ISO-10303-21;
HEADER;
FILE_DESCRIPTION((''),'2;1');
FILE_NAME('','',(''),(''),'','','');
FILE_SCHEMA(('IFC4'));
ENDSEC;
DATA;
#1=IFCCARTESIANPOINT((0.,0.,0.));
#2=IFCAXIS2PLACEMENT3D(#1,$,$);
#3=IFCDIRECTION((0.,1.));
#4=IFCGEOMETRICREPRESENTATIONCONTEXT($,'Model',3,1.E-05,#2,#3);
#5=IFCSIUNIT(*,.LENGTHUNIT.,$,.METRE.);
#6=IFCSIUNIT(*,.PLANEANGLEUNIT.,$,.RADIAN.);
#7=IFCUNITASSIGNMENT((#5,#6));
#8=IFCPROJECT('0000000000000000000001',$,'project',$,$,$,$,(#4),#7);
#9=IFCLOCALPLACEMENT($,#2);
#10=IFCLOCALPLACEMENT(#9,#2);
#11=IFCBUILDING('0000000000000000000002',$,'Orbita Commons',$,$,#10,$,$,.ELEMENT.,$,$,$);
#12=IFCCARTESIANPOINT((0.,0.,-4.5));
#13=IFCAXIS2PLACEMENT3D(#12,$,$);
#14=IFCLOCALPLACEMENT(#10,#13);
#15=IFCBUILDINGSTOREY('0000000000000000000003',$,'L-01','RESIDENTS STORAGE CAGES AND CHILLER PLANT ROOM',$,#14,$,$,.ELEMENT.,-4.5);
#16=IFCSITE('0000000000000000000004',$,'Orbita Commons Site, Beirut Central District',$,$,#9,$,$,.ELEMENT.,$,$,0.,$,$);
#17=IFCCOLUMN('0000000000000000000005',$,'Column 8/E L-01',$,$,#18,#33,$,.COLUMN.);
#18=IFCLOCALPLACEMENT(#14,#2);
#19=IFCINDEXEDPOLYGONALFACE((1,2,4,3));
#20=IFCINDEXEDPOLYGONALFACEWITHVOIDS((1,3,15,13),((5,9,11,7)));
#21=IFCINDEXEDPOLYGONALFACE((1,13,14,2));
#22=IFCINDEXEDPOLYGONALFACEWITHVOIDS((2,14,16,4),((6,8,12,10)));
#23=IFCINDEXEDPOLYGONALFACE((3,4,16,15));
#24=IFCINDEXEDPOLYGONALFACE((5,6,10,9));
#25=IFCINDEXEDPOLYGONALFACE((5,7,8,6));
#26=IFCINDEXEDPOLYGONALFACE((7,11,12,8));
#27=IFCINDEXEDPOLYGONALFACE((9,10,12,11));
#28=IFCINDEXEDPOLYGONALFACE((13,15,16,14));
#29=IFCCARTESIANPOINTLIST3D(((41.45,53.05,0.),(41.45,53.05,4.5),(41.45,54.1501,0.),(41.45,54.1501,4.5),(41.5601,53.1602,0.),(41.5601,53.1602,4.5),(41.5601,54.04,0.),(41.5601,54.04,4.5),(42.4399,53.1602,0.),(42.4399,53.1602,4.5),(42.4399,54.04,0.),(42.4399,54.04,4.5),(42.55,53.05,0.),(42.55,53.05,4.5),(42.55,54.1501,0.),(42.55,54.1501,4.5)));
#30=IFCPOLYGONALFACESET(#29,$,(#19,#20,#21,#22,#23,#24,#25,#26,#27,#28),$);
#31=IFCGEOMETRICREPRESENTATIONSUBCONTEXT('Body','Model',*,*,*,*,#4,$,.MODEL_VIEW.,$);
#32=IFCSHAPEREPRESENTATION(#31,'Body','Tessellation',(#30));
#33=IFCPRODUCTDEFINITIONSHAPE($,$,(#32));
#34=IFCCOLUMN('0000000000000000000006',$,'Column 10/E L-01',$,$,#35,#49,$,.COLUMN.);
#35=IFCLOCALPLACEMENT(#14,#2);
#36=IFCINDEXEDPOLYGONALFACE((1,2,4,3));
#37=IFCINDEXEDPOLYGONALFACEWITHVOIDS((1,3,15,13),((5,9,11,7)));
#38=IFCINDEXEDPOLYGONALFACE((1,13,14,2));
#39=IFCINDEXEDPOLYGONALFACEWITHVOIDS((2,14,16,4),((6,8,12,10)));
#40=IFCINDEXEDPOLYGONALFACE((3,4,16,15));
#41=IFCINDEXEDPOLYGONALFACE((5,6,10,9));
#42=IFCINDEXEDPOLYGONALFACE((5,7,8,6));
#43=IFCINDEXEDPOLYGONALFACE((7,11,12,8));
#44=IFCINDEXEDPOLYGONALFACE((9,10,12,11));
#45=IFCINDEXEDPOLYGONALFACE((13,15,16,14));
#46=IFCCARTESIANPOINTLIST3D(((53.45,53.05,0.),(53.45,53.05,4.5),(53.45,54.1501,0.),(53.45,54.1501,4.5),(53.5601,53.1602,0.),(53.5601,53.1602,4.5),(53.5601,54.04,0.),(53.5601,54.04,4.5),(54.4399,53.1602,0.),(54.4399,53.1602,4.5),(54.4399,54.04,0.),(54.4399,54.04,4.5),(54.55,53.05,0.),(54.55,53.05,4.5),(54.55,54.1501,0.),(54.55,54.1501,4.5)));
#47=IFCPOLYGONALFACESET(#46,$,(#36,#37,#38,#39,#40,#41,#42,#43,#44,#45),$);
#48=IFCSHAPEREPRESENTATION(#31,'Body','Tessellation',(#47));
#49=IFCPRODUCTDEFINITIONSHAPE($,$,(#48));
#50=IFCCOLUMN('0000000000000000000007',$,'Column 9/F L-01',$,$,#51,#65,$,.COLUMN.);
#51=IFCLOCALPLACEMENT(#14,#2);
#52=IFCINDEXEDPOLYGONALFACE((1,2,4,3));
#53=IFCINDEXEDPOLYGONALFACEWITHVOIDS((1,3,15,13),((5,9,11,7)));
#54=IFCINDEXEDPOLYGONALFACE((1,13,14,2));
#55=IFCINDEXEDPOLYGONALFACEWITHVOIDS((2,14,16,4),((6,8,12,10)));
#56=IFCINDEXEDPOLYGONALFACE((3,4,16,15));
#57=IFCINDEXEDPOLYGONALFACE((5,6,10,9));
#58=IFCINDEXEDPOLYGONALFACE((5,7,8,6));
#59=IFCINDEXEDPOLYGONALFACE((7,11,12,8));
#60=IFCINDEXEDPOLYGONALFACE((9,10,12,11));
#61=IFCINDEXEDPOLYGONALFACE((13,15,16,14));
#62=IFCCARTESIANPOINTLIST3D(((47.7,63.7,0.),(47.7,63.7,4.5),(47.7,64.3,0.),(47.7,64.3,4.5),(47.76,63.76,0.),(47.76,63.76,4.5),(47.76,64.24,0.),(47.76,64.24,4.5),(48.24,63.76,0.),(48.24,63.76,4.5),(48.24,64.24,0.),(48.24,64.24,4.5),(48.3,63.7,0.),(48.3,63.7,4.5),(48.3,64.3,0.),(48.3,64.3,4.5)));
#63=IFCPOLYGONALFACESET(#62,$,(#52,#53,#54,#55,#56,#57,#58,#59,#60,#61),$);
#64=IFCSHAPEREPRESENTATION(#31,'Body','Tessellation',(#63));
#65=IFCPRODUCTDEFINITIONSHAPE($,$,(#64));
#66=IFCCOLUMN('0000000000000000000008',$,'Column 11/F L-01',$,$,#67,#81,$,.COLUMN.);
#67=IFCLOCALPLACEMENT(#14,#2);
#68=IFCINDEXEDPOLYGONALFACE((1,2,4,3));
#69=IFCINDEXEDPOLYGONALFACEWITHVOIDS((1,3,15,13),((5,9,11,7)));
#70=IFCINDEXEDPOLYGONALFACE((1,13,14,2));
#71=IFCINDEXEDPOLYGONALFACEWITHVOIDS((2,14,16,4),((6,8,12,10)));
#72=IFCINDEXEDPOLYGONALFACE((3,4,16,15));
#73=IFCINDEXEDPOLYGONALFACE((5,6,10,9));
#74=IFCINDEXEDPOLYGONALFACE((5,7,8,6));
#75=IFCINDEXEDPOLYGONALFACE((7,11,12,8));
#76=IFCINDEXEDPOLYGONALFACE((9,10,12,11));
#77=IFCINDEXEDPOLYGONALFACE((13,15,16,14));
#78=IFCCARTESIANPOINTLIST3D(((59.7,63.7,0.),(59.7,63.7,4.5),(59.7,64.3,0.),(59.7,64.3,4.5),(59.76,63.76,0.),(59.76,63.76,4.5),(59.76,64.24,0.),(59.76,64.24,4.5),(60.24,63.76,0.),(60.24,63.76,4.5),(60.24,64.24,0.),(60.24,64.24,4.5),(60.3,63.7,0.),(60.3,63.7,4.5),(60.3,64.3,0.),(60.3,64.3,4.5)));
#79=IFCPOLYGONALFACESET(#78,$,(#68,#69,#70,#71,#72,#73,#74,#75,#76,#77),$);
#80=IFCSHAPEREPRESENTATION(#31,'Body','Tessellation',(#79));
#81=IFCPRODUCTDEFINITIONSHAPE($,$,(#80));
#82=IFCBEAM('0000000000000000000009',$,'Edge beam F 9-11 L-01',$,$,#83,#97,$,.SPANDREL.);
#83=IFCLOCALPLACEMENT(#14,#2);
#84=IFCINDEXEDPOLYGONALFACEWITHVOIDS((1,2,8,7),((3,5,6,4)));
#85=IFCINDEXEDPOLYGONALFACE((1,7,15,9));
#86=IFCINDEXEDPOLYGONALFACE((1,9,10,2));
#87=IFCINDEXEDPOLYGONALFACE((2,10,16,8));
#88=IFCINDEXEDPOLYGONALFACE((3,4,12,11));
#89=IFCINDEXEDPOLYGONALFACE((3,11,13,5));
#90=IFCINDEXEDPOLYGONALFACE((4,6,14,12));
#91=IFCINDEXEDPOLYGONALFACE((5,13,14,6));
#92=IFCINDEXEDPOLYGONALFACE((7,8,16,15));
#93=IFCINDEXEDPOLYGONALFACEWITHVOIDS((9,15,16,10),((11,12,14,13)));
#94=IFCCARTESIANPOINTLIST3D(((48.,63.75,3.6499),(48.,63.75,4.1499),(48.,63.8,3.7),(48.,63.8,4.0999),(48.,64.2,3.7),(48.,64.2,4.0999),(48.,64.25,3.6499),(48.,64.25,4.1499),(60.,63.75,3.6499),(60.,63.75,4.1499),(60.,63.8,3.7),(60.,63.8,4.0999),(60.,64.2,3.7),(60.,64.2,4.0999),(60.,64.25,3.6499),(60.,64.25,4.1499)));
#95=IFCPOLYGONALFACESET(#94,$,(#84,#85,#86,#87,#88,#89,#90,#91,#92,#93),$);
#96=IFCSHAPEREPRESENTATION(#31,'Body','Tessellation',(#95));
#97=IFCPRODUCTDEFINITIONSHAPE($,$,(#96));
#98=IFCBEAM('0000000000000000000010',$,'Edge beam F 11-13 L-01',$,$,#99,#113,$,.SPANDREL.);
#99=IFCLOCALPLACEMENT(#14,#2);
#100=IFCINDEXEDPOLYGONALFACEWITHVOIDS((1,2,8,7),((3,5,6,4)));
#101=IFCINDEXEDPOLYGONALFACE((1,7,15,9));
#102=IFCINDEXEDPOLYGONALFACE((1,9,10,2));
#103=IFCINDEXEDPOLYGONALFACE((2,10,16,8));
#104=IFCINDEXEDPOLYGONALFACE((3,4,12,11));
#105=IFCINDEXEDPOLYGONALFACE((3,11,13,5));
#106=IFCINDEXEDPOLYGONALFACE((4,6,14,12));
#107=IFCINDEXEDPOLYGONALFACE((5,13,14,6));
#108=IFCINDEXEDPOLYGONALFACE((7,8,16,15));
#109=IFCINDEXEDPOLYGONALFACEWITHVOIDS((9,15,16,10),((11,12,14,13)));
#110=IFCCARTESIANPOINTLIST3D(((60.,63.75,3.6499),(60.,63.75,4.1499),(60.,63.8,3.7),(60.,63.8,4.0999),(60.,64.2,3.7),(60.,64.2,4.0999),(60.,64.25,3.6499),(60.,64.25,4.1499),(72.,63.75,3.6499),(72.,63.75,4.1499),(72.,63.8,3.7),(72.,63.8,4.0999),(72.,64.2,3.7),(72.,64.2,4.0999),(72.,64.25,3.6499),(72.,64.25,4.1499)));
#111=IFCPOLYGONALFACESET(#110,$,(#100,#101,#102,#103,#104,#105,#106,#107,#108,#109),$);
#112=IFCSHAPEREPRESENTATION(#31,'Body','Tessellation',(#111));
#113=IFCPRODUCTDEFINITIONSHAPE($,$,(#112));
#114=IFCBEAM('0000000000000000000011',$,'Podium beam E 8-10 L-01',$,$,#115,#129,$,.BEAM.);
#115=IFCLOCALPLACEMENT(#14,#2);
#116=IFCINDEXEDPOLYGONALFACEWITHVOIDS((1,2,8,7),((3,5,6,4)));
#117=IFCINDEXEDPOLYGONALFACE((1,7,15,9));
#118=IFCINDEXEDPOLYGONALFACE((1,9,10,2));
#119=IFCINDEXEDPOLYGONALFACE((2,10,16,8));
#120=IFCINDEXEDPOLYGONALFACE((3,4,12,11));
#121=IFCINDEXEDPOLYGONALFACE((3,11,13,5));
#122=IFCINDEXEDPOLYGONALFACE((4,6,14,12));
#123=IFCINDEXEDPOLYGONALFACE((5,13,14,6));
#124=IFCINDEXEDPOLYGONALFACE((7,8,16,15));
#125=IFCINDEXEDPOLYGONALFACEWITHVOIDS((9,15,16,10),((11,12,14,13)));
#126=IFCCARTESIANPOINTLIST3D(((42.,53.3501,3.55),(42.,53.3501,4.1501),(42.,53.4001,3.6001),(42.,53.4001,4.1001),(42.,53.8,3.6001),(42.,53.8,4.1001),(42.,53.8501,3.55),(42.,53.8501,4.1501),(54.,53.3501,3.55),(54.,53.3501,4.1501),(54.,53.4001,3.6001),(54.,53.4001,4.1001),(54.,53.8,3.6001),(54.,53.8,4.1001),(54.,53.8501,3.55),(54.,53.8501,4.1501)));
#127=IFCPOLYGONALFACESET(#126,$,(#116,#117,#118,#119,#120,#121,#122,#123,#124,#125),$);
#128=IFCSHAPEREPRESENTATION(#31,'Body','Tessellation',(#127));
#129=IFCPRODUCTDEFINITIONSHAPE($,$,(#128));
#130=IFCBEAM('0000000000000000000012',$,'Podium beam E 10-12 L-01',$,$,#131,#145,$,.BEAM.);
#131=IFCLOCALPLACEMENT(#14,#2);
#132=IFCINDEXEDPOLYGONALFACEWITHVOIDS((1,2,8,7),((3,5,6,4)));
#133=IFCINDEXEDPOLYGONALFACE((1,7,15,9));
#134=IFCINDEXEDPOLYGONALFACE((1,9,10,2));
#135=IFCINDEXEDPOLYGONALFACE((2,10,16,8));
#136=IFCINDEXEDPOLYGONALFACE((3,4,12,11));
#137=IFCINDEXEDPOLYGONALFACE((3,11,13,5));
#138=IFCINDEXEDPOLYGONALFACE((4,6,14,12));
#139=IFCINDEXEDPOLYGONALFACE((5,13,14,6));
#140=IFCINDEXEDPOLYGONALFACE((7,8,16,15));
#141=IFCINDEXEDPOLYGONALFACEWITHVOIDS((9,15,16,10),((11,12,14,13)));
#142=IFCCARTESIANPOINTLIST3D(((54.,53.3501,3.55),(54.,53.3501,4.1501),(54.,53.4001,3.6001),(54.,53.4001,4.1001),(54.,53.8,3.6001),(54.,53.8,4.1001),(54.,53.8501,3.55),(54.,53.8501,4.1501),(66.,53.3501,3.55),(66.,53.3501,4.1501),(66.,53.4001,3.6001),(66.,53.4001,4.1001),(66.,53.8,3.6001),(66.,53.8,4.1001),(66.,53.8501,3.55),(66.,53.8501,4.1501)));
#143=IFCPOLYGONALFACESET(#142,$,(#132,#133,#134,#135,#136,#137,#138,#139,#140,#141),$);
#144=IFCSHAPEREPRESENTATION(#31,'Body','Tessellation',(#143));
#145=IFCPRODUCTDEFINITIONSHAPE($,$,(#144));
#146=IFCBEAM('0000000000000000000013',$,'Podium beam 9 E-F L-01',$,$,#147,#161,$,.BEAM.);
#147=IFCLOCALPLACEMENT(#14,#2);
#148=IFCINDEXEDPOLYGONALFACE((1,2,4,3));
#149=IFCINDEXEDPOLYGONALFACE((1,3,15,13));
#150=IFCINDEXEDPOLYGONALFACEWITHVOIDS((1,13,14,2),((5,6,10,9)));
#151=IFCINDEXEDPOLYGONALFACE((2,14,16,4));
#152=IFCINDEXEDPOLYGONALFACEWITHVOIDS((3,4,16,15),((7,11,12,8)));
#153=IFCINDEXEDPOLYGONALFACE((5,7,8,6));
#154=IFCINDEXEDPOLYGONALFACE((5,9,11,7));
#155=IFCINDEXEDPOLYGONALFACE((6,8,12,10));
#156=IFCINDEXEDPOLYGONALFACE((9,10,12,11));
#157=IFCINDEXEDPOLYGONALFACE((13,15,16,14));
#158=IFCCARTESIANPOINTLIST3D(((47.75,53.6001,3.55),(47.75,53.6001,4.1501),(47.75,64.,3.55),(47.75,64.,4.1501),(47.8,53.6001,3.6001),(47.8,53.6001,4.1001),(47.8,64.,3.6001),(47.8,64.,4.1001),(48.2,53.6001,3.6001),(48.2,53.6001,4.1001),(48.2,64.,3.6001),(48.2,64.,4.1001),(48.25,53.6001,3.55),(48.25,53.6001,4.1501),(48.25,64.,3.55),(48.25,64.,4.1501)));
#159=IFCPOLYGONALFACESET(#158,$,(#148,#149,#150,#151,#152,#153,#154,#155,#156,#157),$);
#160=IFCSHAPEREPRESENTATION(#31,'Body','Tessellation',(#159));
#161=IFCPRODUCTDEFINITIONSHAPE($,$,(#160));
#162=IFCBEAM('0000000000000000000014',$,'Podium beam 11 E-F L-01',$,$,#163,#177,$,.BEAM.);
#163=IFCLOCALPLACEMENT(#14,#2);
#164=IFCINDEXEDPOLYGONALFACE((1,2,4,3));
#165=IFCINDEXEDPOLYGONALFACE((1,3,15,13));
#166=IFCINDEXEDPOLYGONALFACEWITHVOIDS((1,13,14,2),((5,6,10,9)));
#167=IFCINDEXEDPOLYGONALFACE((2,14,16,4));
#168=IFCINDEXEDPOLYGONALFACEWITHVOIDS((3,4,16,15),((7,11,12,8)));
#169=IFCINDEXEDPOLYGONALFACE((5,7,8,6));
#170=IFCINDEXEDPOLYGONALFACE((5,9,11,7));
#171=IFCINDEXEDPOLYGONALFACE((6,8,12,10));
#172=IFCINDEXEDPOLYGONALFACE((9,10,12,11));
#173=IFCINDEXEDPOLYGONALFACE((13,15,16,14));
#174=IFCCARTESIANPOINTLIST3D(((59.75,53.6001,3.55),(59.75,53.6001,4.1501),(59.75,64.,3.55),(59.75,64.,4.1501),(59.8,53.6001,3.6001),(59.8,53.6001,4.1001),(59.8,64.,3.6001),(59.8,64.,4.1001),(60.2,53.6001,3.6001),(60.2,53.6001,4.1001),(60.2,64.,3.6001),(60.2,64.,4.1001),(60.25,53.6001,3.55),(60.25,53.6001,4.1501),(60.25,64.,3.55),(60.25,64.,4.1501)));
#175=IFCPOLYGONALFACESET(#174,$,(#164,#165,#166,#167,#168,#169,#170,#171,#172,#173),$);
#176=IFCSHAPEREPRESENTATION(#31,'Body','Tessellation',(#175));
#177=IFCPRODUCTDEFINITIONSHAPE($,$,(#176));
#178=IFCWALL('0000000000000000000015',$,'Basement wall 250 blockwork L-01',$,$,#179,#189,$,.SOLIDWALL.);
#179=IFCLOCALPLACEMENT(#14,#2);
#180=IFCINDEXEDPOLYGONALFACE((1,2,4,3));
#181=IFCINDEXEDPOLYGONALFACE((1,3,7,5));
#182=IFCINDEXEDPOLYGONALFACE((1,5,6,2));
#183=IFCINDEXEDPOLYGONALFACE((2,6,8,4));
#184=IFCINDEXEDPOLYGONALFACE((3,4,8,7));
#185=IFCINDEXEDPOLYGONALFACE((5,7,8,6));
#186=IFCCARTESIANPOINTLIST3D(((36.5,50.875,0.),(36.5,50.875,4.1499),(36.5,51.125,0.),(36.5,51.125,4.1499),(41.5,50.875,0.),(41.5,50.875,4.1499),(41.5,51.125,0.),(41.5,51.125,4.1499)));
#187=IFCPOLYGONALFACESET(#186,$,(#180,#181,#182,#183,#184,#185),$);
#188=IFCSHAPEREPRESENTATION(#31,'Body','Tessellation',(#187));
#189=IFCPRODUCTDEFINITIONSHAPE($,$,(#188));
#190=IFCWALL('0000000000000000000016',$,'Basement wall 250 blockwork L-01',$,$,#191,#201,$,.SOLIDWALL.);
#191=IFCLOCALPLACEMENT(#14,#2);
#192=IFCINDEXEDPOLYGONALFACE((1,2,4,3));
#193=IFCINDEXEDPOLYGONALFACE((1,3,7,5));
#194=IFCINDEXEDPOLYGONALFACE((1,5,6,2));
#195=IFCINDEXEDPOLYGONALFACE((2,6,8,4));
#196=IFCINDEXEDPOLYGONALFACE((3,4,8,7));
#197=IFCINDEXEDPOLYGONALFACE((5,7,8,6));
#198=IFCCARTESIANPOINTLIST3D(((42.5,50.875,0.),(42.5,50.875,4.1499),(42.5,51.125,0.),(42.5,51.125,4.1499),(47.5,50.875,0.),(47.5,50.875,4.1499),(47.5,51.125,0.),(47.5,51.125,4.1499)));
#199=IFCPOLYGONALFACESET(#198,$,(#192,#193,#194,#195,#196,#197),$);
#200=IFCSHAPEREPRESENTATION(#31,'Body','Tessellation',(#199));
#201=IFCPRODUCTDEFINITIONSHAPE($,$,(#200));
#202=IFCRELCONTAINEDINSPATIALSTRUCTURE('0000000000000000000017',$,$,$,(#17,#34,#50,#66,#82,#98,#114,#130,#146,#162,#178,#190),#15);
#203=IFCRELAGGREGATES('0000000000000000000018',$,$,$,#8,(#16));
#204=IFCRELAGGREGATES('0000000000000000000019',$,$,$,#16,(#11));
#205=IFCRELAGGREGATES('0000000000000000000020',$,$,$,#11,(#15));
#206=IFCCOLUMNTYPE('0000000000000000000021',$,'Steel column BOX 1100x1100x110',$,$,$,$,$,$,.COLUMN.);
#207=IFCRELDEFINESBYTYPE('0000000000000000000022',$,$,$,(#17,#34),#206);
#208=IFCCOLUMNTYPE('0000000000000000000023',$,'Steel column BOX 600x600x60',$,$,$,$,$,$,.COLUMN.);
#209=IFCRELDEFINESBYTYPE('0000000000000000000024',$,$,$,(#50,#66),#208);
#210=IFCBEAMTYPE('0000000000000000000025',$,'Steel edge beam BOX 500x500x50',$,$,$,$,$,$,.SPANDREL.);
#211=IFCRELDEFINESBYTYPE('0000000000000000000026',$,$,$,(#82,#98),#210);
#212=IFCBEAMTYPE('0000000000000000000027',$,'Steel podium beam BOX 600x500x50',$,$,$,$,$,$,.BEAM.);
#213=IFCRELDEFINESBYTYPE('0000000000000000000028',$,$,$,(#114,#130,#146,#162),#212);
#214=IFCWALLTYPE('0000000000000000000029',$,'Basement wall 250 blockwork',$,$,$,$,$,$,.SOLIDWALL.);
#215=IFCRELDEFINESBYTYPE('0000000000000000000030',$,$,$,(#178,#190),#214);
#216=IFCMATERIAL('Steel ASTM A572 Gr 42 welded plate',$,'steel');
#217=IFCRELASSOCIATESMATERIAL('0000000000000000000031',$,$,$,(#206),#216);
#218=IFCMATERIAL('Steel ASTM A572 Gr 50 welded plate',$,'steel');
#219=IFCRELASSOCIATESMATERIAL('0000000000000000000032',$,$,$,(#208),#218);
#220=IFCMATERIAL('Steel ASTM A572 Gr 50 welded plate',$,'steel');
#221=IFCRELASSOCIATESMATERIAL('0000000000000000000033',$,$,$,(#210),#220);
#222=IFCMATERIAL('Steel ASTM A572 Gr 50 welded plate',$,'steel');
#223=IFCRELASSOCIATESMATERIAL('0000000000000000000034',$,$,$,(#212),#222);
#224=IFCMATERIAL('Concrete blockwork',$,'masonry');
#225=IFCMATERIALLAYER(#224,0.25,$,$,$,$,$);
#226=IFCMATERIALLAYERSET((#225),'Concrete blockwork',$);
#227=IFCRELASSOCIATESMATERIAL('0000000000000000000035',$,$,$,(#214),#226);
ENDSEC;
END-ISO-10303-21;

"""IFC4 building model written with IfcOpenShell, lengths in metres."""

from ifc_helpers import new_model, si_unit, direction, frame, frame_2d, origin, origin_2d, place, context, subcontext, project, spatial, rectangle, hollow_rectangle, extrude, material, layer, layer_set, material_profile, profile_set, type_object, element, save


model = new_model("IFC4")

# Units and contexts
model_context = context("Model", 3, precision=1e-05, world=origin(), true_north=direction((0.0, 1.0)))
body_context = subcontext(model_context, "Body", "Model", "MODEL_VIEW")
ifc_project = project(units=[si_unit("LENGTHUNIT", "METRE"), si_unit("PLANEANGLEUNIT", "RADIAN")], contexts=[model_context])

# Site, building, storey
site_placement = place(None, origin())
site = spatial("IfcSite", under=ifc_project, at=site_placement, Name="Orbita Commons Site, Beirut Central District", CompositionType="ELEMENT", RefElevation=0.0)
building_placement = place(site_placement, origin())
building = spatial("IfcBuilding", under=site, at=building_placement, Name="Orbita Commons", CompositionType="ELEMENT")
storey_placement = place(building_placement, frame((0.0, 0.0, -4.5)))
storey = spatial("IfcBuildingStorey", under=building, at=storey_placement, Name="L-01", Description="RESIDENTS STORAGE CAGES AND CHILLER PLANT ROOM", CompositionType="ELEMENT", Elevation=-4.5)

# Columns
ifc_material_1 = material(Name="Steel ASTM A572 Gr 42 welded plate", Category="steel")
ifc_material_profile_1 = material_profile(ifc_material_1, hollow_rectangle(XDim=1.1001, YDim=1.1001, WallThickness=0.1101, at=origin_2d()), Name="BOX 1100x1100x110")
ifc_profile_set_1 = profile_set([ifc_material_profile_1], Name="Steel ASTM A572 Gr 42 welded plate")
column_type_1 = type_object("IfcColumnType", Name="Steel column BOX 1100x1100x110", PredefinedType="COLUMN", material=ifc_profile_set_1)
for number, where, z_axis, x_axis, name in (
    (1, (42.0, 53.6001, 0.0), (0.0, 0.0, 1.0), (1.0, 0.0, 0.0), "Column 8/E L-01"),
    (2, (54.0, 53.6001, 0.0), (0.0, 0.0, 1.0), (1.0, 0.0, 0.0), "Column 10/E L-01"),
):
    element("IfcColumn", number, at=place(storey_placement, frame(where, z_axis=z_axis, x_axis=x_axis)), inside=storey, type_object=column_type_1, Name=name, PredefinedType="COLUMN", context=body_context, shape_type="SweptSolid", body=[
        extrude(hollow_rectangle(XDim=1.1001, YDim=1.1001, WallThickness=0.1101, at=origin_2d()), origin(), (0.0, 0.0, 1.0), 4.5),
    ])
ifc_material_2 = material(Name="Steel ASTM A572 Gr 50 welded plate", Category="steel")
ifc_material_profile_2 = material_profile(ifc_material_2, hollow_rectangle(XDim=0.6001, YDim=0.6001, WallThickness=0.0601, at=origin_2d()), Name="BOX 600x600x60")
ifc_profile_set_2 = profile_set([ifc_material_profile_2], Name="Steel ASTM A572 Gr 50 welded plate")
column_type_2 = type_object("IfcColumnType", Name="Steel column BOX 600x600x60", PredefinedType="COLUMN", material=ifc_profile_set_2)
for number, where, z_axis, x_axis, name in (
    (3, (48.0, 64.0, 0.0), (0.0, 0.0, 1.0), (1.0, 0.0, 0.0), "Column 9/F L-01"),
    (4, (60.0, 64.0, 0.0), (0.0, 0.0, 1.0), (1.0, 0.0, 0.0), "Column 11/F L-01"),
):
    element("IfcColumn", number, at=place(storey_placement, frame(where, z_axis=z_axis, x_axis=x_axis)), inside=storey, type_object=column_type_2, Name=name, PredefinedType="COLUMN", context=body_context, shape_type="SweptSolid", body=[
        extrude(hollow_rectangle(XDim=0.6001, YDim=0.6001, WallThickness=0.0601, at=origin_2d()), origin(), (0.0, 0.0, 1.0), 4.5),
    ])

# Beams
ifc_material_3 = material(Name="Steel ASTM A572 Gr 50 welded plate", Category="steel")
ifc_material_profile_3 = material_profile(ifc_material_3, hollow_rectangle(XDim=0.5, YDim=0.5, WallThickness=0.05, at=origin_2d()), Name="BOX 500x500x50")
ifc_profile_set_3 = profile_set([ifc_material_profile_3], Name="Steel ASTM A572 Gr 50 welded plate")
beam_type_1 = type_object("IfcBeamType", Name="Steel edge beam BOX 500x500x50", PredefinedType="SPANDREL", material=ifc_profile_set_3)
for number, where, z_axis, x_axis, name in (
    (5, (48.0, 64.0, 3.8999), (1.0, 0.0, 0.0), (0.0, 1.0, 0.0), "Edge beam F 9-11 L-01"),
    (6, (60.0, 64.0, 3.8999), (1.0, 0.0, 0.0), (0.0, 1.0, 0.0), "Edge beam F 11-13 L-01"),
):
    element("IfcBeam", number, at=place(storey_placement, frame(where, z_axis=z_axis, x_axis=x_axis)), inside=storey, type_object=beam_type_1, Name=name, PredefinedType="SPANDREL", context=body_context, shape_type="SweptSolid", body=[
        extrude(hollow_rectangle(XDim=0.5, YDim=0.5, WallThickness=0.05, at=origin_2d()), origin(), (0.0, 0.0, 1.0), 12.0),
    ])
ifc_material_4 = material(Name="Steel ASTM A572 Gr 50 welded plate", Category="steel")
ifc_material_profile_4 = material_profile(ifc_material_4, hollow_rectangle(XDim=0.5, YDim=0.6001, WallThickness=0.05, at=origin_2d()), Name="BOX 600x500x50")
ifc_profile_set_4 = profile_set([ifc_material_profile_4], Name="Steel ASTM A572 Gr 50 welded plate")
beam_type_2 = type_object("IfcBeamType", Name="Steel podium beam BOX 600x500x50", PredefinedType="BEAM", material=ifc_profile_set_4)
for number, where, z_axis, x_axis, name in (
    (7, (42.0, 53.6001, 3.8501), (1.0, 0.0, 0.0), (0.0, 1.0, 0.0), "Podium beam E 8-10 L-01"),
    (8, (54.0, 53.6001, 3.8501), (1.0, 0.0, 0.0), (0.0, 1.0, 0.0), "Podium beam E 10-12 L-01"),
):
    element("IfcBeam", number, at=place(storey_placement, frame(where, z_axis=z_axis, x_axis=x_axis)), inside=storey, type_object=beam_type_2, Name=name, PredefinedType="BEAM", context=body_context, shape_type="SweptSolid", body=[
        extrude(hollow_rectangle(XDim=0.5, YDim=0.6001, WallThickness=0.05, at=origin_2d()), origin(), (0.0, 0.0, 1.0), 12.0),
    ])
for number, where, z_axis, x_axis, name in (
    (9, (48.0, 53.6001, 3.8501), (0.0, 1.0, 0.0), (-1.0, 0.0, 0.0), "Podium beam 9 E-F L-01"),
    (10, (60.0, 53.6001, 3.8501), (0.0, 1.0, 0.0), (-1.0, 0.0, 0.0), "Podium beam 11 E-F L-01"),
):
    element("IfcBeam", number, at=place(storey_placement, frame(where, z_axis=z_axis, x_axis=x_axis)), inside=storey, type_object=beam_type_2, Name=name, PredefinedType="BEAM", context=body_context, shape_type="SweptSolid", body=[
        extrude(hollow_rectangle(XDim=0.5, YDim=0.6001, WallThickness=0.05, at=origin_2d()), origin(), (0.0, 0.0, 1.0), 10.3999),
    ])

# Walls
ifc_material_5 = material(Name="Concrete blockwork", Category="masonry")
ifc_layer_1 = layer(ifc_material_5, 0.25)
ifc_layer_set_1 = layer_set([ifc_layer_1], Name="Concrete blockwork")
wall_type_1 = type_object("IfcWallType", Name="Basement wall 250 blockwork", PredefinedType="SOLIDWALL", material=ifc_layer_set_1)
for number, where, z_axis, x_axis, name in (
    (11, (36.5, 51.0, 0.0), (0.0, 0.0, 1.0), (1.0, 0.0, 0.0), "Basement wall 250 blockwork L-01"),
    (12, (42.5, 51.0, 0.0), (0.0, 0.0, 1.0), (1.0, 0.0, 0.0), "Basement wall 250 blockwork L-01"),
):
    element("IfcWall", number, at=place(storey_placement, frame(where, z_axis=z_axis, x_axis=x_axis)), inside=storey, type_object=wall_type_1, Name=name, PredefinedType="SOLIDWALL", context=body_context, shape_type="SweptSolid", body=[
        extrude(rectangle(XDim=5.0, YDim=0.25, at=frame_2d((2.5, 0.0))), origin(), (0.0, 0.0, 1.0), 4.1499),
    ])

save(model, "model.ifc")
